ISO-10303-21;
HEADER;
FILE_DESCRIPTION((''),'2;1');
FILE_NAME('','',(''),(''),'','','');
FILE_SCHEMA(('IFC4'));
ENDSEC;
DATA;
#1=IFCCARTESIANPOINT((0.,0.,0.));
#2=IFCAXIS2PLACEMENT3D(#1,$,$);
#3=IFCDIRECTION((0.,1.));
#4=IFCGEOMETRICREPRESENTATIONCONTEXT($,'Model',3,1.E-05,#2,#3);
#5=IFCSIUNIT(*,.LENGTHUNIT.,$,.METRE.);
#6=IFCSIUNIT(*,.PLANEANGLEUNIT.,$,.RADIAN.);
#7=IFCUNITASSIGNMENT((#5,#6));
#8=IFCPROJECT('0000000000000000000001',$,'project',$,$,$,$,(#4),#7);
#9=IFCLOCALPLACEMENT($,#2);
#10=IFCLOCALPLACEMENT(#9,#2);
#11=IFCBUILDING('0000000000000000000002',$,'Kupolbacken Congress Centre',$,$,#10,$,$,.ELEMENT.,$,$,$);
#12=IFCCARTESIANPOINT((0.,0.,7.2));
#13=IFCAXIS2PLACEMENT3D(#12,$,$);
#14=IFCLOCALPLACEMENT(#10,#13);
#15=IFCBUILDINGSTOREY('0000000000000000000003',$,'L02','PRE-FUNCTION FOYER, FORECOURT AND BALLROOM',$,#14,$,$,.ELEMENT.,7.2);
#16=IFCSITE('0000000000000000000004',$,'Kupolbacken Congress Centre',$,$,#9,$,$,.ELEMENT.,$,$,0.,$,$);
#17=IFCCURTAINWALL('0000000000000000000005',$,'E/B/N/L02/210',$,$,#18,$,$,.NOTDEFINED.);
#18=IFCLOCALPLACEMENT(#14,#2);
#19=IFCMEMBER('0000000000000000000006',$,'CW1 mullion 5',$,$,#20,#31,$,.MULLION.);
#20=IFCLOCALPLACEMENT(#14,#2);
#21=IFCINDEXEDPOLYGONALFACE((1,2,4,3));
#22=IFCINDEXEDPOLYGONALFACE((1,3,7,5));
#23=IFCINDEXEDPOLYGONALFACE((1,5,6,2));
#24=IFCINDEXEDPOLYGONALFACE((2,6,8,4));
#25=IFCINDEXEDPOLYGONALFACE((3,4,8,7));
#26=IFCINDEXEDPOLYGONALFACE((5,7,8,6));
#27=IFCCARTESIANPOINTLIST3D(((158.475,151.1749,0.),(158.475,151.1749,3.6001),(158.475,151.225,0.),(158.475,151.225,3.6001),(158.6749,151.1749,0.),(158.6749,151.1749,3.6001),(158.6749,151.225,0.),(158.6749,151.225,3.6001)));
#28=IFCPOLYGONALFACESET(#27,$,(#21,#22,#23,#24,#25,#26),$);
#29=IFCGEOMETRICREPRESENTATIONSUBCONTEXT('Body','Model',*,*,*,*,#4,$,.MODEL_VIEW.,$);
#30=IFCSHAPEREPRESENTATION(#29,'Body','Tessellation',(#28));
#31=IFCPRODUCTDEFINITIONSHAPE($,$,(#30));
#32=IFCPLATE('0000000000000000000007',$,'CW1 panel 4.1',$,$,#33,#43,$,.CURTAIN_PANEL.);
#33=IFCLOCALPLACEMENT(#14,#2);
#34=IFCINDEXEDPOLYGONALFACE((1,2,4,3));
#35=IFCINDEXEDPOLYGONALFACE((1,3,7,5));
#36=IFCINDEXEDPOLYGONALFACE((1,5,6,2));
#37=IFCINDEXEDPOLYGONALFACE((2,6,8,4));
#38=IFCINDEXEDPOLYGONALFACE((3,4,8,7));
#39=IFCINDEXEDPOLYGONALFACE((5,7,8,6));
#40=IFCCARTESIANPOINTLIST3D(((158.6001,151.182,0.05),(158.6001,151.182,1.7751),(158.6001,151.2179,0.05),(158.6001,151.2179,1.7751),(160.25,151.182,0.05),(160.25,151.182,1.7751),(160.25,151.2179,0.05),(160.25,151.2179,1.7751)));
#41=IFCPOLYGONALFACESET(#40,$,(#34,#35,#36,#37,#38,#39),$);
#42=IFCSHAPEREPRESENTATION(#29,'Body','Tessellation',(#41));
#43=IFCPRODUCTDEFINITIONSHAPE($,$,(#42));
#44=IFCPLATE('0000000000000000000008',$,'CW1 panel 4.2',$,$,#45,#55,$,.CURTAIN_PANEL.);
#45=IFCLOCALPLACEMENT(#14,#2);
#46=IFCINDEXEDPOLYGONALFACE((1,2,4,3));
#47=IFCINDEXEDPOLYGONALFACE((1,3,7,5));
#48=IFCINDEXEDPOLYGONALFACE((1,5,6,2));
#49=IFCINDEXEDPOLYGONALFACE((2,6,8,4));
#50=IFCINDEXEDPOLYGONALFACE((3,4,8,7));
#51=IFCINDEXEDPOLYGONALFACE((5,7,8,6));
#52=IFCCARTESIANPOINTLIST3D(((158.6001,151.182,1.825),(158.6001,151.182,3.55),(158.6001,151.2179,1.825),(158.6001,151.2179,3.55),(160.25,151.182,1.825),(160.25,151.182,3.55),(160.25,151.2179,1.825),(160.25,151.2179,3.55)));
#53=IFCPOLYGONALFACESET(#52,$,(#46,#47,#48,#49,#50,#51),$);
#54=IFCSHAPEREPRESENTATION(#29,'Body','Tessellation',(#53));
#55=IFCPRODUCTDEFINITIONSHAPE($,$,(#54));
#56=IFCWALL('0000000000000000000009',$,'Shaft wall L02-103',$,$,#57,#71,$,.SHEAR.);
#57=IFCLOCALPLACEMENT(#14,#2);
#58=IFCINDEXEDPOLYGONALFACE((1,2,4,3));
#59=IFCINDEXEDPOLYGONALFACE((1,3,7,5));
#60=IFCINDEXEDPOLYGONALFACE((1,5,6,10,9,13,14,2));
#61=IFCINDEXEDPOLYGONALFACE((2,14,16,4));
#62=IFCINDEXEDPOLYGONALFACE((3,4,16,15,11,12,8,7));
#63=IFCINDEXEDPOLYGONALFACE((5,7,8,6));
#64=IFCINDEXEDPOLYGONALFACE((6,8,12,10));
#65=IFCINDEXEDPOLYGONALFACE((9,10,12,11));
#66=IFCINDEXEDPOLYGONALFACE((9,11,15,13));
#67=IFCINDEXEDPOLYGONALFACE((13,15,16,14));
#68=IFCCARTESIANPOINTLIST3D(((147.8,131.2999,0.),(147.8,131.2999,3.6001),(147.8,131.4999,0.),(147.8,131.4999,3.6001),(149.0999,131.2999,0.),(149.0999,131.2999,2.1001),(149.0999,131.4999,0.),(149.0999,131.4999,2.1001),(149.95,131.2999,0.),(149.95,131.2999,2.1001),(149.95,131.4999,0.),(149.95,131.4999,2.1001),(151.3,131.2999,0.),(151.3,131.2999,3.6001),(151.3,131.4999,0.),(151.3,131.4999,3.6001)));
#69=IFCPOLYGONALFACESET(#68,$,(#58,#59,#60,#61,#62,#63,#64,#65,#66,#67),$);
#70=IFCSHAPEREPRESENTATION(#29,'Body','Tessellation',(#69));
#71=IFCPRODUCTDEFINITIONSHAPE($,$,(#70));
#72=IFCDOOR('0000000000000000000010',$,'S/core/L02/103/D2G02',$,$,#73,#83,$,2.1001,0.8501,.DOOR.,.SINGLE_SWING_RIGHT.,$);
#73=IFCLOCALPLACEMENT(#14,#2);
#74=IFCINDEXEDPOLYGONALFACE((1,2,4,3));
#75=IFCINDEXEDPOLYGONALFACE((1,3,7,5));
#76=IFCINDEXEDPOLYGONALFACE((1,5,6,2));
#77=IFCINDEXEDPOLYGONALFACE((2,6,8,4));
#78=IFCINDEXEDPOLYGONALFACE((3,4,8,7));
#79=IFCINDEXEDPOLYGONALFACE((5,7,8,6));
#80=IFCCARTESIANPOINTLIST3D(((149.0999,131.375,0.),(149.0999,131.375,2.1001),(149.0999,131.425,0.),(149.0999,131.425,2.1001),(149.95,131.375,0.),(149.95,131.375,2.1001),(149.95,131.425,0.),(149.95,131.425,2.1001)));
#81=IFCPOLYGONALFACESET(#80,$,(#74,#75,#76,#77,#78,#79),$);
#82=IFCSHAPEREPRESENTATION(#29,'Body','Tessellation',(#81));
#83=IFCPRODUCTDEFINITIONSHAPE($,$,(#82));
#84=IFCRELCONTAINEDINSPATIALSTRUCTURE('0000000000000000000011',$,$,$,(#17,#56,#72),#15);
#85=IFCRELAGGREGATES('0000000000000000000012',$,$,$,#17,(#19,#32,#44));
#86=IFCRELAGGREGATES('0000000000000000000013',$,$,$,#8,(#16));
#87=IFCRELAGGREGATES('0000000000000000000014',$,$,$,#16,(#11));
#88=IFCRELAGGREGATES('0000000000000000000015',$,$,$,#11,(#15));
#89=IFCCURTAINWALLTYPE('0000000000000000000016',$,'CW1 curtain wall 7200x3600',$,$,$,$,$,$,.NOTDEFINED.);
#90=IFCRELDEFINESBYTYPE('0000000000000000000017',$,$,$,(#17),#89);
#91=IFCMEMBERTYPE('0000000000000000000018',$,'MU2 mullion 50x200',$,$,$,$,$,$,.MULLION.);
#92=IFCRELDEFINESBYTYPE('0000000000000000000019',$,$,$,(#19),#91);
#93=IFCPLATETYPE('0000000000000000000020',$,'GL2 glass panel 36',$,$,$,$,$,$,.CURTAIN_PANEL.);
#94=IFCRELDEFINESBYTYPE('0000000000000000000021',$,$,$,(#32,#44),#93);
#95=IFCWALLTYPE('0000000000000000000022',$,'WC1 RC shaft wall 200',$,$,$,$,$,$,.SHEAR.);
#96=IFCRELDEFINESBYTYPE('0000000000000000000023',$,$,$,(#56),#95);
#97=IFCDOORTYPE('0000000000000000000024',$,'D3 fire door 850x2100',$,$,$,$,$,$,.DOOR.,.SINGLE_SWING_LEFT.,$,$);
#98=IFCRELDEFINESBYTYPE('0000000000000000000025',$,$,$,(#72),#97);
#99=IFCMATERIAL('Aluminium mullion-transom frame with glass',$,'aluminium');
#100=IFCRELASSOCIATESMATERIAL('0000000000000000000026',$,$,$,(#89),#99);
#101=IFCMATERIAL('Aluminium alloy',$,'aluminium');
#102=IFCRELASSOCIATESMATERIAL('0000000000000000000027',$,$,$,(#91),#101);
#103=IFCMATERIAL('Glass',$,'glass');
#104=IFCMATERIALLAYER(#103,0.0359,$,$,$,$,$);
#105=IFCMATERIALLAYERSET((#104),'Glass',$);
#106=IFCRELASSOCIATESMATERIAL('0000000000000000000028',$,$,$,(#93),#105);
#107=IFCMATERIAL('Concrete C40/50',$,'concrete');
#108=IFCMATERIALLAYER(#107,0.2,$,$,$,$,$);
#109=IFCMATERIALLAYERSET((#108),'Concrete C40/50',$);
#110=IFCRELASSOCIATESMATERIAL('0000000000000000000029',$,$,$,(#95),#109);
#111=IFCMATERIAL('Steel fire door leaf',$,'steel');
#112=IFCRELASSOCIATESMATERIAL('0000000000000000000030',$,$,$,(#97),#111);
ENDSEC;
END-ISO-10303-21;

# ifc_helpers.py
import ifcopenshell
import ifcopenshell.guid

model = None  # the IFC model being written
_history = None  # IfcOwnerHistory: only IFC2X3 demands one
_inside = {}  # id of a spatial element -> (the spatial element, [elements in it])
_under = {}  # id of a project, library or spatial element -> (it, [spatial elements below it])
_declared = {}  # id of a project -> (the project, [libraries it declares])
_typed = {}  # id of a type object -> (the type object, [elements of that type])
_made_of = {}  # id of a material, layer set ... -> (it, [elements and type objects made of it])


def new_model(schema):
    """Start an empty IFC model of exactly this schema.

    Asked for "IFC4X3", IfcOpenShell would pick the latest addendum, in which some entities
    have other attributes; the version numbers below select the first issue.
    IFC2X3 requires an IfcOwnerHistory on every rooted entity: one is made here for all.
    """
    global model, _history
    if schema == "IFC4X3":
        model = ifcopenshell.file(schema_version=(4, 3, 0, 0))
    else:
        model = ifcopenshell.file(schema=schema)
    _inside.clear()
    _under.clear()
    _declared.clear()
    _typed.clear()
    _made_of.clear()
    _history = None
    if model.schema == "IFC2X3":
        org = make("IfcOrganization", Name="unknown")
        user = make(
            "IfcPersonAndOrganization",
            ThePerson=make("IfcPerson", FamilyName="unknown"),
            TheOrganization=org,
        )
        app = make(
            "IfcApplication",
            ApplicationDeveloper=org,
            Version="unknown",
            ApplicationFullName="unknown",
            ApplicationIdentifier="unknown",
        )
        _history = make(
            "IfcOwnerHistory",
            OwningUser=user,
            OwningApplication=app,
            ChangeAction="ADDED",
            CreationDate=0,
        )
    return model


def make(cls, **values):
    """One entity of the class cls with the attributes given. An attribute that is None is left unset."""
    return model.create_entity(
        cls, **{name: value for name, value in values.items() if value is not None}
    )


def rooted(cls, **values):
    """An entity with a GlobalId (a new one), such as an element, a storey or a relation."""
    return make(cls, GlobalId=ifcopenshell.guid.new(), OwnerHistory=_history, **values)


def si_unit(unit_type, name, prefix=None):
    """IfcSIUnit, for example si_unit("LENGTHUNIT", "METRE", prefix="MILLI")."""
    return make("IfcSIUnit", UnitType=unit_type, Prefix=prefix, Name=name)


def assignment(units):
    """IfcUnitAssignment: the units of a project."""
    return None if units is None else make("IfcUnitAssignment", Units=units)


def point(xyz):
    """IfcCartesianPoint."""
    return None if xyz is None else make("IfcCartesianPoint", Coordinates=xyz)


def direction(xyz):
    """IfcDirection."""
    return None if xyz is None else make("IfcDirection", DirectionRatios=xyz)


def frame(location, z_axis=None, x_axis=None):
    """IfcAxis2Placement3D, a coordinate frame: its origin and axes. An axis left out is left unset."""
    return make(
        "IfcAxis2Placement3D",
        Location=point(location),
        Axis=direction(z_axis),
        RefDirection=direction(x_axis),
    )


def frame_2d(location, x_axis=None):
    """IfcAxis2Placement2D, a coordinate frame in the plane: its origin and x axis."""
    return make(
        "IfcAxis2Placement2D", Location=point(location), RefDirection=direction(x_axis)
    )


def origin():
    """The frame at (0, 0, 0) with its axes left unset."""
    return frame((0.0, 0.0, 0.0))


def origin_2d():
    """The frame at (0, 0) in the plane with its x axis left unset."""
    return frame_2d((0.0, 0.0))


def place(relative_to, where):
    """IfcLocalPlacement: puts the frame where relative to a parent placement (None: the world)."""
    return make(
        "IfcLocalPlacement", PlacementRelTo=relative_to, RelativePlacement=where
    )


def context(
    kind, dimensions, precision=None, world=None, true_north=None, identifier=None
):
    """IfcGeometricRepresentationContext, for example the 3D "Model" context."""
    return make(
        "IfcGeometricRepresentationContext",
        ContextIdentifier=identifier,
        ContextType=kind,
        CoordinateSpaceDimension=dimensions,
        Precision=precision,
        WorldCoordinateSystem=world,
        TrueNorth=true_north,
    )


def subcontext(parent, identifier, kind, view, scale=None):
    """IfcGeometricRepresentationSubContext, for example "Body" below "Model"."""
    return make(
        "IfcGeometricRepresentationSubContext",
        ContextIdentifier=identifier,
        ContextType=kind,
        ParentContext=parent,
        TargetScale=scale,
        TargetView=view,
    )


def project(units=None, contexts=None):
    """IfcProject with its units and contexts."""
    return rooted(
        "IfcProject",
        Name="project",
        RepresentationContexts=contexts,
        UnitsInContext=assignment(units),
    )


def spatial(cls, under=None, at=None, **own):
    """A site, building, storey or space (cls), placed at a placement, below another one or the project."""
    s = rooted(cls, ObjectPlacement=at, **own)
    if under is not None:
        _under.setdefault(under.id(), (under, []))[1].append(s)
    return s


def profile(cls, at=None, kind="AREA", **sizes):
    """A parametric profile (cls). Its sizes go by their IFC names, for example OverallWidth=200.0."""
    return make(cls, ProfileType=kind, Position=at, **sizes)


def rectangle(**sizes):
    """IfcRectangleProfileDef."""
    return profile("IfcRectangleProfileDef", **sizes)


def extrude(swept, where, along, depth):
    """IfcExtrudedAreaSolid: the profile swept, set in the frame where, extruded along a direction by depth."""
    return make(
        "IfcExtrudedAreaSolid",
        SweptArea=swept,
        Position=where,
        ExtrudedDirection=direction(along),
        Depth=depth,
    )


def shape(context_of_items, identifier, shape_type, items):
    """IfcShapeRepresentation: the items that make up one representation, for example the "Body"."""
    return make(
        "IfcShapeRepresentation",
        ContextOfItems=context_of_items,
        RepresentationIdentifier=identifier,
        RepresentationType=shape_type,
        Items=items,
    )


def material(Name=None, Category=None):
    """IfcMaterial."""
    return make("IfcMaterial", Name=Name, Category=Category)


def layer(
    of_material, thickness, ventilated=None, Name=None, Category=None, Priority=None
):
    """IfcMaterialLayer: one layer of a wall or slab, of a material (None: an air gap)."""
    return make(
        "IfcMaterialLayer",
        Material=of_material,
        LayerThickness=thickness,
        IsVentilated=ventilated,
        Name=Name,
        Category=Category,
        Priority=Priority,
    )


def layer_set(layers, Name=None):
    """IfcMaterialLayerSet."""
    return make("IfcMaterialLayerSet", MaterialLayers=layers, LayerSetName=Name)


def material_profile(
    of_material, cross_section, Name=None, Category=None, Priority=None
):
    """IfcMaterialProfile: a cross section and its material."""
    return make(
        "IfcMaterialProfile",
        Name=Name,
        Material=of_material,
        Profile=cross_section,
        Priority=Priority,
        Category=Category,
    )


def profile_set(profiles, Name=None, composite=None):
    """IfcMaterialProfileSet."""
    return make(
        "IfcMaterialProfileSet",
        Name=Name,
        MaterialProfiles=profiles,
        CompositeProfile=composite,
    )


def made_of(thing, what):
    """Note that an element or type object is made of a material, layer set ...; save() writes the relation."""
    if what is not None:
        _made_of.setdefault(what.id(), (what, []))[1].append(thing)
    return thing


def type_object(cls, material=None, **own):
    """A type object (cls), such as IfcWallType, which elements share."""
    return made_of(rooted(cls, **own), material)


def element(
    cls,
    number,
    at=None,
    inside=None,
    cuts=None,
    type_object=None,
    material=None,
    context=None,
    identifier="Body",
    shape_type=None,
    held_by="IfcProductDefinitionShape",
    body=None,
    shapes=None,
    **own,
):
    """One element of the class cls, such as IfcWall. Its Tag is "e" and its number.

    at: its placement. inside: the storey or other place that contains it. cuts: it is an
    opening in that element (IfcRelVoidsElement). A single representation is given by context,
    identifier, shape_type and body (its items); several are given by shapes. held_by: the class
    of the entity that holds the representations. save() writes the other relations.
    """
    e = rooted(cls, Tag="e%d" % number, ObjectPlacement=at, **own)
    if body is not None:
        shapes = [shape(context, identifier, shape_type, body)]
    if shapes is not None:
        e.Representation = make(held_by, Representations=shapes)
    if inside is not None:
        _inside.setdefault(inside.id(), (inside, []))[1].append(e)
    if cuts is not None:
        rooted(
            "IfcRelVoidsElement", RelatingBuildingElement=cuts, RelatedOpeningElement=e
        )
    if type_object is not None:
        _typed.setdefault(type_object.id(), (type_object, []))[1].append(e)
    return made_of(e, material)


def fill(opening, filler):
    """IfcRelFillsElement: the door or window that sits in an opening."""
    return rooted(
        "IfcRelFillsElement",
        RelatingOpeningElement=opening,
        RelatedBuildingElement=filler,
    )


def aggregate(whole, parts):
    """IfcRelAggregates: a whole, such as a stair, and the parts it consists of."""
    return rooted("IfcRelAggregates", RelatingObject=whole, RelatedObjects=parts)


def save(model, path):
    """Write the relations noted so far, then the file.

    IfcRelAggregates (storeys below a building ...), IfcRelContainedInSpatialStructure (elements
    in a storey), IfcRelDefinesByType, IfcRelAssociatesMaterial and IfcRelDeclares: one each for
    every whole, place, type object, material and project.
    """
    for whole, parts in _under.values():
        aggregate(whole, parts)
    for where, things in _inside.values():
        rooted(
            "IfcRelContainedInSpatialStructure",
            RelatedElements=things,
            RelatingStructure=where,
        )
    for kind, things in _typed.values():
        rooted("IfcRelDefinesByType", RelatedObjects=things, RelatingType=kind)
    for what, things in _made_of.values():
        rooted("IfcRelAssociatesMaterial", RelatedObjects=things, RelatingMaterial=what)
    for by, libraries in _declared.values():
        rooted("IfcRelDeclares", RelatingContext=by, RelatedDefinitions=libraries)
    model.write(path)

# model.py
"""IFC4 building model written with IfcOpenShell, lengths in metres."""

from ifc_helpers import new_model, si_unit, direction, frame, frame_2d, origin, origin_2d, place, context, subcontext, project, spatial, rectangle, extrude, material, layer, layer_set, material_profile, profile_set, type_object, element, fill, aggregate, save


model = new_model("IFC4")

# Units and contexts
model_context = context("Model", 3, precision=1e-05, world=origin(), true_north=direction((0.0, 1.0)))
body_context = subcontext(model_context, "Body", "Model", "MODEL_VIEW")
ifc_project = project(units=[si_unit("LENGTHUNIT", "METRE"), si_unit("PLANEANGLEUNIT", "RADIAN")], contexts=[model_context])

# Site, building, storey
site_placement = place(None, origin())
site = spatial("IfcSite", under=ifc_project, at=site_placement, Name="Kupolbacken Congress Centre", CompositionType="ELEMENT", RefElevation=0.0)
building_placement = place(site_placement, origin())
building = spatial("IfcBuilding", under=site, at=building_placement, Name="Kupolbacken Congress Centre", CompositionType="ELEMENT")
storey_placement = place(building_placement, frame((0.0, 0.0, 7.2)))
storey = spatial("IfcBuildingStorey", under=building, at=storey_placement, Name="L02", Description="PRE-FUNCTION FOYER, FORECOURT AND BALLROOM", CompositionType="ELEMENT", Elevation=7.2)

# Curtain wall, member, plates
ifc_material_1 = material(Name="Aluminium mullion-transom frame with glass", Category="aluminium")
curtain_wall_type = type_object("IfcCurtainWallType", Name="CW1 curtain wall 7200x3600", PredefinedType="NOTDEFINED", material=ifc_material_1)
curtain_wall_placement = place(storey_placement, origin())
curtain_wall = element("IfcCurtainWall", 1, at=curtain_wall_placement, inside=storey, type_object=curtain_wall_type, Name="E/B/N/L02/210", PredefinedType="NOTDEFINED")
ifc_material_2 = material(Name="Aluminium alloy", Category="aluminium")
ifc_material_profile_1 = material_profile(ifc_material_2, rectangle(XDim=0.05, YDim=0.2, at=origin_2d()), Name="50 x 200")
ifc_profile_set_1 = profile_set([ifc_material_profile_1], Name="Aluminium alloy")
member_type = type_object("IfcMemberType", Name="MU2 mullion 50x200", PredefinedType="MULLION", material=ifc_profile_set_1)
member_placement = place(storey_placement, frame((158.575, 151.2, 0.0), z_axis=(0.0, 0.0, 1.0), x_axis=(0.0, -1.0, 0.0)))
member = element("IfcMember", 2, at=member_placement, type_object=member_type, Name="CW1 mullion 5", PredefinedType="MULLION", context=body_context, shape_type="SweptSolid", body=[
    extrude(rectangle(XDim=0.05, YDim=0.2, at=origin_2d()), origin(), (0.0, 0.0, 1.0), 3.6001),
])
ifc_material_3 = material(Name="Glass", Category="glass")
ifc_layer_1 = layer(ifc_material_3, 0.0359)
ifc_layer_set_1 = layer_set([ifc_layer_1], Name="Glass")
plate_type = type_object("IfcPlateType", Name="GL2 glass panel 36", PredefinedType="CURTAIN_PANEL", material=ifc_layer_set_1)
plate_1_placement = place(storey_placement, frame((159.425, 151.2, 0.05), z_axis=(0.0, 0.0, 1.0), x_axis=(-1.0, 0.0, 0.0)))
plate_1 = element("IfcPlate", 3, at=plate_1_placement, type_object=plate_type, Name="CW1 panel 4.1", PredefinedType="CURTAIN_PANEL", context=body_context, shape_type="SweptSolid", body=[
    extrude(rectangle(XDim=1.6499, YDim=0.0359, at=origin_2d()), origin(), (0.0, 0.0, 1.0), 1.7251),
])
plate_2_placement = place(storey_placement, frame((159.425, 151.2, 1.825), z_axis=(0.0, 0.0, 1.0), x_axis=(-1.0, 0.0, 0.0)))
plate_2 = element("IfcPlate", 4, at=plate_2_placement, type_object=plate_type, Name="CW1 panel 4.2", PredefinedType="CURTAIN_PANEL", context=body_context, shape_type="SweptSolid", body=[
    extrude(rectangle(XDim=1.6499, YDim=0.0359, at=origin_2d()), origin(), (0.0, 0.0, 1.0), 1.7251),
])
aggregate(curtain_wall, [member, plate_1, plate_2])

# Wall, opening, door
ifc_material_4 = material(Name="Concrete C40/50", Category="concrete")
ifc_layer_2 = layer(ifc_material_4, 0.2)
ifc_layer_set_2 = layer_set([ifc_layer_2], Name="Concrete C40/50")
wall_type_1 = type_object("IfcWallType", Name="WC1 RC shaft wall 200", PredefinedType="SHEAR", material=ifc_layer_set_2)
wall_1_placement = place(storey_placement, frame((151.3, 131.3999, 0.0), z_axis=(0.0, 0.0, 1.0), x_axis=(-1.0, 0.0, 0.0)))
wall_1 = element("IfcWall", 5, at=wall_1_placement, inside=storey, type_object=wall_type_1, Name="Shaft wall L02-103", PredefinedType="SHEAR", context=body_context, shape_type="SweptSolid", body=[
    extrude(rectangle(XDim=3.5, YDim=0.2, at=frame_2d((1.75, 0.0))), origin(), (0.0, 0.0, 1.0), 3.6001),
])
opening_1_placement = place(wall_1_placement, frame((1.3501, 0.0, 0.0)))
opening_1 = element("IfcOpeningElement", 6, at=opening_1_placement, cuts=wall_1, PredefinedType="OPENING", context=body_context, shape_type="SweptSolid", body=[
    extrude(rectangle(XDim=0.8501, YDim=2.1001, at=frame_2d((0.425, 1.05))), frame((0.0, 0.1099, 0.0), z_axis=(0.0, -1.0, 0.0), x_axis=(1.0, 0.0, 0.0)), (0.0, 0.0, 1.0), 0.22),
])
ifc_material_5 = material(Name="Steel fire door leaf", Category="steel")
door_type_1 = type_object("IfcDoorType", Name="D3 fire door 850x2100", OperationType="SINGLE_SWING_LEFT", PredefinedType="DOOR", material=ifc_material_5)
door_1_placement = place(opening_1_placement, origin())
door_1 = element("IfcDoor", 7, at=door_1_placement, inside=storey, type_object=door_type_1, Name="S/core/L02/103/D2G02", OperationType="SINGLE_SWING_RIGHT", OverallHeight=2.1001, OverallWidth=0.8501, PredefinedType="DOOR", context=body_context, shape_type="SweptSolid", body=[
    extrude(rectangle(XDim=0.8501, YDim=2.1001, at=frame_2d((0.425, 1.05))), frame((0.0, 0.0249, 0.0), z_axis=(0.0, -1.0, 0.0), x_axis=(1.0, 0.0, 0.0)), (0.0, 0.0, 1.0), 0.05),
])
fill(opening_1, door_1)

save(model, "model.ifc")
